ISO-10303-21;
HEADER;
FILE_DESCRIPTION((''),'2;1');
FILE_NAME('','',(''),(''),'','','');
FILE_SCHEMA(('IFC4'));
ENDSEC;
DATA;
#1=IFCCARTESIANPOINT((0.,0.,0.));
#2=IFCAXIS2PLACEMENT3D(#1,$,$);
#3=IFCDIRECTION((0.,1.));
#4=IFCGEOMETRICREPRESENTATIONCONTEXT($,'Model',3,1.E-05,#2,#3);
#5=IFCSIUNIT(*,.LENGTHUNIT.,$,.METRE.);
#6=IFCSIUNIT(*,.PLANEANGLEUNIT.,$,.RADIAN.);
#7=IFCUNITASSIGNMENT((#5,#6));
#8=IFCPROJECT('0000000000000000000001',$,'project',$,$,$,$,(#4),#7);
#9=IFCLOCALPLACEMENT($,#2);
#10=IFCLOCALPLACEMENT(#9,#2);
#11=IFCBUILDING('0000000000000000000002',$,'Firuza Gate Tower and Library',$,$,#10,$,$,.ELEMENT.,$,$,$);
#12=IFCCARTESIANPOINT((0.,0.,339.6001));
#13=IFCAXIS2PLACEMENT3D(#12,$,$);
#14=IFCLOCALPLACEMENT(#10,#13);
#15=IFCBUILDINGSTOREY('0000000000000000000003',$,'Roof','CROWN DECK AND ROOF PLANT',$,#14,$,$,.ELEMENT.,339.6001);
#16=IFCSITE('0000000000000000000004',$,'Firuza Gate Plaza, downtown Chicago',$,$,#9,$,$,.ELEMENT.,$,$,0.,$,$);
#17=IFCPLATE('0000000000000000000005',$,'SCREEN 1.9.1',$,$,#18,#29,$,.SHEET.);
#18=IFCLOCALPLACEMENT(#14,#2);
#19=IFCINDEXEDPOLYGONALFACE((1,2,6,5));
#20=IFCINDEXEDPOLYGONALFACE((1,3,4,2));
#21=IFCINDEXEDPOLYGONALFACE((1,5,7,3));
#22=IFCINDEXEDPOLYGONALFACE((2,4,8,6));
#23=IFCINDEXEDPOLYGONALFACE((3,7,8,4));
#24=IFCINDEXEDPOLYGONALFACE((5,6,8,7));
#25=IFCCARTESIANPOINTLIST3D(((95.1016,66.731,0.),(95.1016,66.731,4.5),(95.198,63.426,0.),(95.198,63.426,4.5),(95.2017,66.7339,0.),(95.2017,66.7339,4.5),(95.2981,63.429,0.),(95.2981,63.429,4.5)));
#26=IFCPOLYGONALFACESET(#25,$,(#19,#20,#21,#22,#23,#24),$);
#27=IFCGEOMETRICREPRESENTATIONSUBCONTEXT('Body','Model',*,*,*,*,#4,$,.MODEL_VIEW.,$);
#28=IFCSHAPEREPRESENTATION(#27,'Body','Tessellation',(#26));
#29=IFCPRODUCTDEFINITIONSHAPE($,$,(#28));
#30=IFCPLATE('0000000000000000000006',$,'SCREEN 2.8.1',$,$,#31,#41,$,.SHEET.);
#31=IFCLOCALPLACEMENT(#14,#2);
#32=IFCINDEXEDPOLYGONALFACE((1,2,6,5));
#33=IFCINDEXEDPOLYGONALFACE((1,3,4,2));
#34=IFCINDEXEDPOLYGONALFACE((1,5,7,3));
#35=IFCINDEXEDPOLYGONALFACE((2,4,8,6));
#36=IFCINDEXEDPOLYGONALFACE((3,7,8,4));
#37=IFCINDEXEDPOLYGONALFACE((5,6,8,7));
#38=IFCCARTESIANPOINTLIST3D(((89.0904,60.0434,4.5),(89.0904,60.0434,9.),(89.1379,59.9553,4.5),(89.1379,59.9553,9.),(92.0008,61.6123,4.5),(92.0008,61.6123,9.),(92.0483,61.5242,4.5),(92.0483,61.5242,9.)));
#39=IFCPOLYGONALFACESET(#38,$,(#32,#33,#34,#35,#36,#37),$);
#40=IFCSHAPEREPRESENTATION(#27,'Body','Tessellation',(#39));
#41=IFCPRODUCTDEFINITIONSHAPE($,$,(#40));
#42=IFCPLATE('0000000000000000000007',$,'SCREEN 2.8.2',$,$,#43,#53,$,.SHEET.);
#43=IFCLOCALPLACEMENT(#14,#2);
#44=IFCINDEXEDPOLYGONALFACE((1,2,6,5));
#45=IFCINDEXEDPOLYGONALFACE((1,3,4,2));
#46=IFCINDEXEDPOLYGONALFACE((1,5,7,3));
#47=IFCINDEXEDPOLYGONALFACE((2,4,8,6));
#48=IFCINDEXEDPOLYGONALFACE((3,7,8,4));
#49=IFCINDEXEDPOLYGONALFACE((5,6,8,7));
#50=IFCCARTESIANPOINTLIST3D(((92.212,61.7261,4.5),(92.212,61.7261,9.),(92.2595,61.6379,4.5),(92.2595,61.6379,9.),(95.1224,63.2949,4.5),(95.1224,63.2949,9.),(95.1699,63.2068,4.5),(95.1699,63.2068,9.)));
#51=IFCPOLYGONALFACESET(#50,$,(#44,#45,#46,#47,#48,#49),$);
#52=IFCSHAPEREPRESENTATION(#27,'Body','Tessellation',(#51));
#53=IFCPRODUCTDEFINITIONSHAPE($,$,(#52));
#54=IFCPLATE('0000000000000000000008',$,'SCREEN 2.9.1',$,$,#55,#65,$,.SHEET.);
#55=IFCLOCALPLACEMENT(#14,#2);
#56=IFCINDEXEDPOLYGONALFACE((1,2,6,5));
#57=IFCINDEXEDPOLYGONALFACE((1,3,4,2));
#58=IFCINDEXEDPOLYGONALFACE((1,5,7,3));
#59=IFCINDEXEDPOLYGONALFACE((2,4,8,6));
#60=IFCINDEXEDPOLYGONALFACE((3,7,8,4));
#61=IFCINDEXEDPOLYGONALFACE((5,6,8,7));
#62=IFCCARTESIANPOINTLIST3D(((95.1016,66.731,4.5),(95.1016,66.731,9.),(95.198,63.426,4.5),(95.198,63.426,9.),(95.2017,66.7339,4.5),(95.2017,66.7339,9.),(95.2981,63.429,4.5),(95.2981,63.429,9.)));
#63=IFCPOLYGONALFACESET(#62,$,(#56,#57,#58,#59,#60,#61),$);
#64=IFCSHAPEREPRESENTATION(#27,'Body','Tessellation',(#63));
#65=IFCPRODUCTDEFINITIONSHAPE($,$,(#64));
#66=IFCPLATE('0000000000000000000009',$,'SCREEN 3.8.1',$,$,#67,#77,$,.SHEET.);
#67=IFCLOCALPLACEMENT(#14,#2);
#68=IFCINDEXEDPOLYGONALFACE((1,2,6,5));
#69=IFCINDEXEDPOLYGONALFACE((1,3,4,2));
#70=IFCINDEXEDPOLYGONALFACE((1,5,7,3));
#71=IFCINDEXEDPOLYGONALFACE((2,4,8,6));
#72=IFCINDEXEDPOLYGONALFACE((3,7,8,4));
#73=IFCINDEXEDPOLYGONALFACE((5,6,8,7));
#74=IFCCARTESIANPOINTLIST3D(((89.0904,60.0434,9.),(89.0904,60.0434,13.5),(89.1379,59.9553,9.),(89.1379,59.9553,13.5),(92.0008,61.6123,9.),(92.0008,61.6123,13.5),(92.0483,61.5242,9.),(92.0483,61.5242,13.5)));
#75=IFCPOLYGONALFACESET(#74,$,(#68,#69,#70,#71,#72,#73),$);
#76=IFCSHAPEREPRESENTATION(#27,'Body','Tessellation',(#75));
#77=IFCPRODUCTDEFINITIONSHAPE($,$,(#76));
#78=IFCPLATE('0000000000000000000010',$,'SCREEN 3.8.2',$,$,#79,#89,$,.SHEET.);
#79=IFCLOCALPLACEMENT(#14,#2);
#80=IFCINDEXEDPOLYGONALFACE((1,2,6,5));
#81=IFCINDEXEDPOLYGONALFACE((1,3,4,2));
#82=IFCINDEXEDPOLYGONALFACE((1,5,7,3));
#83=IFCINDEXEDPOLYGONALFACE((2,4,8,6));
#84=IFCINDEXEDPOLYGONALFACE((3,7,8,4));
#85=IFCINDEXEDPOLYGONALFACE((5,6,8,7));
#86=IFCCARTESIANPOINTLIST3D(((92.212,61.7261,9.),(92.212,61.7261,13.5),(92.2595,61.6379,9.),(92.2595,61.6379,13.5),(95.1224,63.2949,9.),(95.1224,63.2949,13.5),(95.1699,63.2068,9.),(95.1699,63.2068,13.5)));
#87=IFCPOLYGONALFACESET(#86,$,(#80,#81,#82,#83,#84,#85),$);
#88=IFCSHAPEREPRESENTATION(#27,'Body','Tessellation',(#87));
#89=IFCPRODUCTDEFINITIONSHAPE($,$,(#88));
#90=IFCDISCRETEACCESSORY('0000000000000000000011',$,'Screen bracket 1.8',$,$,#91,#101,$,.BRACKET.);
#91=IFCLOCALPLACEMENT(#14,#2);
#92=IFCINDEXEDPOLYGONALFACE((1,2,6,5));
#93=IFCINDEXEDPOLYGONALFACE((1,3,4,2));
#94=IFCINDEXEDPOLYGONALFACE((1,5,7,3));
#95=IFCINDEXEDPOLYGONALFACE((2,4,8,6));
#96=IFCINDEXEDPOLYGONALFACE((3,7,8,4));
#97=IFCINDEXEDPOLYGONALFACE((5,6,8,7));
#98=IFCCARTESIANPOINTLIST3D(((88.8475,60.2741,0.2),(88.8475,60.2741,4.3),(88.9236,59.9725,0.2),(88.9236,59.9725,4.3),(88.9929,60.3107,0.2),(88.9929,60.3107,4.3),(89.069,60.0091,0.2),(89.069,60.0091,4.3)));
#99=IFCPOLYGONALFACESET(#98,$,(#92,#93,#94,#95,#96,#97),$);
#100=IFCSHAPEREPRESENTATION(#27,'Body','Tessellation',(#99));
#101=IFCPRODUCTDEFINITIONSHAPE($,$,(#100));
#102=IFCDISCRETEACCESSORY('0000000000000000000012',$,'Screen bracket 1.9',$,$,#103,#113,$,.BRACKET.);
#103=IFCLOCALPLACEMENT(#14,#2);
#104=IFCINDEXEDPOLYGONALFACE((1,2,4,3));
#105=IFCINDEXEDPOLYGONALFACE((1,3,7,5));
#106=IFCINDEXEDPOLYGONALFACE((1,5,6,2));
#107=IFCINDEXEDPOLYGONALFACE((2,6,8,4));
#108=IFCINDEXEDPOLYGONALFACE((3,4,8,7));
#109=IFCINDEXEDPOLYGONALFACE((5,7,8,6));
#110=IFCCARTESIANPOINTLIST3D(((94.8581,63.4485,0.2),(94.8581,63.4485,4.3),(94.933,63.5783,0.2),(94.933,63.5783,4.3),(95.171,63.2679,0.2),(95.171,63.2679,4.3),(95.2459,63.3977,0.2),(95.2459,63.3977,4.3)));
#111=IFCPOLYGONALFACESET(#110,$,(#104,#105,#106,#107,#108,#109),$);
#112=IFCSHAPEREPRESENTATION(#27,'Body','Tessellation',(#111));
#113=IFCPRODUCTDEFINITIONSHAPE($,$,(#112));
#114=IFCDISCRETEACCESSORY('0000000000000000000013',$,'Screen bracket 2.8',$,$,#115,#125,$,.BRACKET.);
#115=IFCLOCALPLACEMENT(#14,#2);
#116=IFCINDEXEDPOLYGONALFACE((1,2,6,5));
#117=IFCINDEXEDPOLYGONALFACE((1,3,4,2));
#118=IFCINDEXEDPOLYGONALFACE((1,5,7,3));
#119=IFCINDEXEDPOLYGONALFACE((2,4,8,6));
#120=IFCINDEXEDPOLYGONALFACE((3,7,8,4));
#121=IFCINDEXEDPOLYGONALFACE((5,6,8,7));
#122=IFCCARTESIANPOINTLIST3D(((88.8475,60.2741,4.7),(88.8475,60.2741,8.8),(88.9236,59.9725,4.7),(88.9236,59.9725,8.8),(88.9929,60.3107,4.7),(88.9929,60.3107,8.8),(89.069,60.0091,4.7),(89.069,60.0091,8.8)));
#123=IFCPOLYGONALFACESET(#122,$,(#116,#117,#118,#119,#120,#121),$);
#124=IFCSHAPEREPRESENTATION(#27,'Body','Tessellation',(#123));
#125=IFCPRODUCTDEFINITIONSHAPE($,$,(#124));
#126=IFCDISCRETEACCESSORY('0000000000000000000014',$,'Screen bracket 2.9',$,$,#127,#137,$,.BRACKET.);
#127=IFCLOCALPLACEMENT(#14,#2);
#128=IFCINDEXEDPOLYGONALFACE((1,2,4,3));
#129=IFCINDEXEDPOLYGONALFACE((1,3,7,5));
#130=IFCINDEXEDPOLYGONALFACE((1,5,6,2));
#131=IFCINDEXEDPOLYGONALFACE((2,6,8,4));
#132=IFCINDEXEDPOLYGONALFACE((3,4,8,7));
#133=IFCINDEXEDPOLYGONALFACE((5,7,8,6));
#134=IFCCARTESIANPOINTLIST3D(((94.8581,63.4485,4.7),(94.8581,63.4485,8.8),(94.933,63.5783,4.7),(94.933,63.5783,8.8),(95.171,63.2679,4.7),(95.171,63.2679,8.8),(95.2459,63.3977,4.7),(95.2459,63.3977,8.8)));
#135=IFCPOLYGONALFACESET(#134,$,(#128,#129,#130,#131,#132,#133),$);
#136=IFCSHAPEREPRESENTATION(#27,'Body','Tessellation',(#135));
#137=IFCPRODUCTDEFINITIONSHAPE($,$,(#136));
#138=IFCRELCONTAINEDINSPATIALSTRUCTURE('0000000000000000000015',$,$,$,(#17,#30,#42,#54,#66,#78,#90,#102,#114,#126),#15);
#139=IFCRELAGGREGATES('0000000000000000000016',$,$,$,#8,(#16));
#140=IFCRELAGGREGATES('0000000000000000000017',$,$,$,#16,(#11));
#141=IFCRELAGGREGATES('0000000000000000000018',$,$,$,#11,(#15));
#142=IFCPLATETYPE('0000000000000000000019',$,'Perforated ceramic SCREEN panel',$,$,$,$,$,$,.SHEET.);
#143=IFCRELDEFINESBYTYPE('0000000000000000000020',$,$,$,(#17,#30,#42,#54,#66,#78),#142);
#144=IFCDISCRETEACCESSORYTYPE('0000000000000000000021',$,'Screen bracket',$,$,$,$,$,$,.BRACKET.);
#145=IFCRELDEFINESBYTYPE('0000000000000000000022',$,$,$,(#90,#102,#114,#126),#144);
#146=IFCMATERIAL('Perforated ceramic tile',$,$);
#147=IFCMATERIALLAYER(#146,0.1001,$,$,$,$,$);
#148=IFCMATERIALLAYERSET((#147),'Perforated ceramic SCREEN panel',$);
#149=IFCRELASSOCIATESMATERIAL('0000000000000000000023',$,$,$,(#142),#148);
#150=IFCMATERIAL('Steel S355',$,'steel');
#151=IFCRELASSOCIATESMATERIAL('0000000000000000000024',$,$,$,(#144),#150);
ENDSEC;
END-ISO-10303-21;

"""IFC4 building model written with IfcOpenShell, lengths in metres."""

from ifc_helpers import new_model, si_unit, direction, frame, origin, origin_2d, place, context, subcontext, project, spatial, polyline, rectangle, outline, extrude, material, layer, layer_set, type_object, element, save


model = new_model("IFC4")

# Units and contexts
model_context = context("Model", 3, precision=1e-05, world=origin(), true_north=direction((0.0, 1.0)))
body_context = subcontext(model_context, "Body", "Model", "MODEL_VIEW")
ifc_project = project(units=[si_unit("LENGTHUNIT", "METRE"), si_unit("PLANEANGLEUNIT", "RADIAN")], contexts=[model_context])

# Site, building, storey
site_placement = place(None, origin())
site = spatial("IfcSite", under=ifc_project, at=site_placement, Name="Firuza Gate Plaza, downtown Chicago", CompositionType="ELEMENT", RefElevation=0.0)
building_placement = place(site_placement, origin())
building = spatial("IfcBuilding", under=site, at=building_placement, Name="Firuza Gate Tower and Library", CompositionType="ELEMENT")
storey_placement = place(building_placement, frame((0.0, 0.0, 339.6001)))
storey = spatial("IfcBuildingStorey", under=building, at=storey_placement, Name="Roof", Description="CROWN DECK AND ROOF PLANT", CompositionType="ELEMENT", Elevation=339.6001)

# Plates
ifc_material_1 = material(Name="Perforated ceramic tile")
ifc_layer = layer(ifc_material_1, 0.1001)
ifc_layer_set = layer_set([ifc_layer], Name="Perforated ceramic SCREEN panel")
plate_type = type_object("IfcPlateType", Name="Perforated ceramic SCREEN panel", PredefinedType="SHEET", material=ifc_layer_set)
plate_1_placement = place(storey_placement, frame((95.2981, 63.429, 0.0), z_axis=(0.999575, 0.029167, 0.0), x_axis=(-0.029167, 0.999575, 0.0)))
element("IfcPlate", 1, at=plate_1_placement, inside=storey, type_object=plate_type, Name="SCREEN 1.9.1", PredefinedType="SHEET", context=body_context, shape_type="SweptSolid", body=[
    extrude(outline(polyline([(0.0, 0.0), (3.3063, 0.0), (3.3063, 4.5), (0.0, 4.5), (0.0, 0.0)])), origin(), (0.0, 0.0, -1.0), 0.1001),
])
for number, where, z_axis, x_axis, name in (
    (2, (89.1379, 59.9553, 4.5), (0.4745, -0.880255, 0.0), (0.880255, 0.4745, 0.0), "SCREEN 2.8.1"),
    (3, (92.2595, 61.6379, 4.5), (0.4745, -0.880255, 0.0), (0.880255, 0.4745, 0.0), "SCREEN 2.8.2"),
):
    element("IfcPlate", number, at=place(storey_placement, frame(where, z_axis=z_axis, x_axis=x_axis)), inside=storey, type_object=plate_type, Name=name, PredefinedType="SHEET", context=body_context, shape_type="SweptSolid", body=[
        extrude(outline(polyline([(0.0, 0.0), (3.3063, 0.0), (3.3063, 4.5), (0.0, 4.5), (0.0, 0.0)])), origin(), (0.0, 0.0, -1.0), 0.1001),
    ])
plate_2_placement = place(storey_placement, frame((95.2981, 63.429, 4.5), z_axis=(0.999575, 0.029167, 0.0), x_axis=(-0.029167, 0.999575, 0.0)))
element("IfcPlate", 4, at=plate_2_placement, inside=storey, type_object=plate_type, Name="SCREEN 2.9.1", PredefinedType="SHEET", context=body_context, shape_type="SweptSolid", body=[
    extrude(outline(polyline([(0.0, 0.0), (3.3063, 0.0), (3.3063, 4.5), (0.0, 4.5), (0.0, 0.0)])), origin(), (0.0, 0.0, -1.0), 0.1001),
])
for number, where, z_axis, x_axis, name in (
    (5, (89.1379, 59.9553, 9.0), (0.4745, -0.880255, 0.0), (0.880255, 0.4745, 0.0), "SCREEN 3.8.1"),
    (6, (92.2595, 61.6379, 9.0), (0.4745, -0.880255, 0.0), (0.880255, 0.4745, 0.0), "SCREEN 3.8.2"),
):
    element("IfcPlate", number, at=place(storey_placement, frame(where, z_axis=z_axis, x_axis=x_axis)), inside=storey, type_object=plate_type, Name=name, PredefinedType="SHEET", context=body_context, shape_type="SweptSolid", body=[
        extrude(outline(polyline([(0.0, 0.0), (3.3063, 0.0), (3.3063, 4.5), (0.0, 4.5), (0.0, 0.0)])), origin(), (0.0, 0.0, -1.0), 0.1001),
    ])

# Discrete accessories
ifc_material_2 = material(Name="Steel S355", Category="steel")
discrete_accessory_type = type_object("IfcDiscreteAccessoryType", Name="Screen bracket", PredefinedType="BRACKET", material=ifc_material_2)
discrete_accessory_1_placement = place(storey_placement, frame((88.9583, 60.1416, 0.2), z_axis=(0.0, 0.0, 1.0), x_axis=(0.244677, -0.969605, 0.0)))
element("IfcDiscreteAccessory", 7, at=discrete_accessory_1_placement, inside=storey, type_object=discrete_accessory_type, Name="Screen bracket 1.8", PredefinedType="BRACKET", context=body_context, shape_type="SweptSolid", body=[
    extrude(rectangle(XDim=0.311, YDim=0.1499, at=origin_2d()), origin(), (0.0, 0.0, 1.0), 4.1001),
])
discrete_accessory_2_placement = place(storey_placement, frame((95.052, 63.4231, 0.2), z_axis=(0.0, 0.0, 1.0), x_axis=(0.866025, -0.5, 0.0)))
element("IfcDiscreteAccessory", 8, at=discrete_accessory_2_placement, inside=storey, type_object=discrete_accessory_type, Name="Screen bracket 1.9", PredefinedType="BRACKET", context=body_context, shape_type="SweptSolid", body=[
    extrude(rectangle(XDim=0.3613, YDim=0.1499, at=origin_2d()), origin(), (0.0, 0.0, 1.0), 4.1001),
])
discrete_accessory_3_placement = place(storey_placement, frame((88.9583, 60.1416, 4.7), z_axis=(0.0, 0.0, 1.0), x_axis=(0.244677, -0.969605, 0.0)))
element("IfcDiscreteAccessory", 9, at=discrete_accessory_3_placement, inside=storey, type_object=discrete_accessory_type, Name="Screen bracket 2.8", PredefinedType="BRACKET", context=body_context, shape_type="SweptSolid", body=[
    extrude(rectangle(XDim=0.311, YDim=0.1499, at=origin_2d()), origin(), (0.0, 0.0, 1.0), 4.1001),
])
discrete_accessory_4_placement = place(storey_placement, frame((95.052, 63.4231, 4.7), z_axis=(0.0, 0.0, 1.0), x_axis=(0.866025, -0.5, 0.0)))
element("IfcDiscreteAccessory", 10, at=discrete_accessory_4_placement, inside=storey, type_object=discrete_accessory_type, Name="Screen bracket 2.9", PredefinedType="BRACKET", context=body_context, shape_type="SweptSolid", body=[
    extrude(rectangle(XDim=0.3613, YDim=0.1499, at=origin_2d()), origin(), (0.0, 0.0, 1.0), 4.1001),
])

save(model, "model.ifc")
